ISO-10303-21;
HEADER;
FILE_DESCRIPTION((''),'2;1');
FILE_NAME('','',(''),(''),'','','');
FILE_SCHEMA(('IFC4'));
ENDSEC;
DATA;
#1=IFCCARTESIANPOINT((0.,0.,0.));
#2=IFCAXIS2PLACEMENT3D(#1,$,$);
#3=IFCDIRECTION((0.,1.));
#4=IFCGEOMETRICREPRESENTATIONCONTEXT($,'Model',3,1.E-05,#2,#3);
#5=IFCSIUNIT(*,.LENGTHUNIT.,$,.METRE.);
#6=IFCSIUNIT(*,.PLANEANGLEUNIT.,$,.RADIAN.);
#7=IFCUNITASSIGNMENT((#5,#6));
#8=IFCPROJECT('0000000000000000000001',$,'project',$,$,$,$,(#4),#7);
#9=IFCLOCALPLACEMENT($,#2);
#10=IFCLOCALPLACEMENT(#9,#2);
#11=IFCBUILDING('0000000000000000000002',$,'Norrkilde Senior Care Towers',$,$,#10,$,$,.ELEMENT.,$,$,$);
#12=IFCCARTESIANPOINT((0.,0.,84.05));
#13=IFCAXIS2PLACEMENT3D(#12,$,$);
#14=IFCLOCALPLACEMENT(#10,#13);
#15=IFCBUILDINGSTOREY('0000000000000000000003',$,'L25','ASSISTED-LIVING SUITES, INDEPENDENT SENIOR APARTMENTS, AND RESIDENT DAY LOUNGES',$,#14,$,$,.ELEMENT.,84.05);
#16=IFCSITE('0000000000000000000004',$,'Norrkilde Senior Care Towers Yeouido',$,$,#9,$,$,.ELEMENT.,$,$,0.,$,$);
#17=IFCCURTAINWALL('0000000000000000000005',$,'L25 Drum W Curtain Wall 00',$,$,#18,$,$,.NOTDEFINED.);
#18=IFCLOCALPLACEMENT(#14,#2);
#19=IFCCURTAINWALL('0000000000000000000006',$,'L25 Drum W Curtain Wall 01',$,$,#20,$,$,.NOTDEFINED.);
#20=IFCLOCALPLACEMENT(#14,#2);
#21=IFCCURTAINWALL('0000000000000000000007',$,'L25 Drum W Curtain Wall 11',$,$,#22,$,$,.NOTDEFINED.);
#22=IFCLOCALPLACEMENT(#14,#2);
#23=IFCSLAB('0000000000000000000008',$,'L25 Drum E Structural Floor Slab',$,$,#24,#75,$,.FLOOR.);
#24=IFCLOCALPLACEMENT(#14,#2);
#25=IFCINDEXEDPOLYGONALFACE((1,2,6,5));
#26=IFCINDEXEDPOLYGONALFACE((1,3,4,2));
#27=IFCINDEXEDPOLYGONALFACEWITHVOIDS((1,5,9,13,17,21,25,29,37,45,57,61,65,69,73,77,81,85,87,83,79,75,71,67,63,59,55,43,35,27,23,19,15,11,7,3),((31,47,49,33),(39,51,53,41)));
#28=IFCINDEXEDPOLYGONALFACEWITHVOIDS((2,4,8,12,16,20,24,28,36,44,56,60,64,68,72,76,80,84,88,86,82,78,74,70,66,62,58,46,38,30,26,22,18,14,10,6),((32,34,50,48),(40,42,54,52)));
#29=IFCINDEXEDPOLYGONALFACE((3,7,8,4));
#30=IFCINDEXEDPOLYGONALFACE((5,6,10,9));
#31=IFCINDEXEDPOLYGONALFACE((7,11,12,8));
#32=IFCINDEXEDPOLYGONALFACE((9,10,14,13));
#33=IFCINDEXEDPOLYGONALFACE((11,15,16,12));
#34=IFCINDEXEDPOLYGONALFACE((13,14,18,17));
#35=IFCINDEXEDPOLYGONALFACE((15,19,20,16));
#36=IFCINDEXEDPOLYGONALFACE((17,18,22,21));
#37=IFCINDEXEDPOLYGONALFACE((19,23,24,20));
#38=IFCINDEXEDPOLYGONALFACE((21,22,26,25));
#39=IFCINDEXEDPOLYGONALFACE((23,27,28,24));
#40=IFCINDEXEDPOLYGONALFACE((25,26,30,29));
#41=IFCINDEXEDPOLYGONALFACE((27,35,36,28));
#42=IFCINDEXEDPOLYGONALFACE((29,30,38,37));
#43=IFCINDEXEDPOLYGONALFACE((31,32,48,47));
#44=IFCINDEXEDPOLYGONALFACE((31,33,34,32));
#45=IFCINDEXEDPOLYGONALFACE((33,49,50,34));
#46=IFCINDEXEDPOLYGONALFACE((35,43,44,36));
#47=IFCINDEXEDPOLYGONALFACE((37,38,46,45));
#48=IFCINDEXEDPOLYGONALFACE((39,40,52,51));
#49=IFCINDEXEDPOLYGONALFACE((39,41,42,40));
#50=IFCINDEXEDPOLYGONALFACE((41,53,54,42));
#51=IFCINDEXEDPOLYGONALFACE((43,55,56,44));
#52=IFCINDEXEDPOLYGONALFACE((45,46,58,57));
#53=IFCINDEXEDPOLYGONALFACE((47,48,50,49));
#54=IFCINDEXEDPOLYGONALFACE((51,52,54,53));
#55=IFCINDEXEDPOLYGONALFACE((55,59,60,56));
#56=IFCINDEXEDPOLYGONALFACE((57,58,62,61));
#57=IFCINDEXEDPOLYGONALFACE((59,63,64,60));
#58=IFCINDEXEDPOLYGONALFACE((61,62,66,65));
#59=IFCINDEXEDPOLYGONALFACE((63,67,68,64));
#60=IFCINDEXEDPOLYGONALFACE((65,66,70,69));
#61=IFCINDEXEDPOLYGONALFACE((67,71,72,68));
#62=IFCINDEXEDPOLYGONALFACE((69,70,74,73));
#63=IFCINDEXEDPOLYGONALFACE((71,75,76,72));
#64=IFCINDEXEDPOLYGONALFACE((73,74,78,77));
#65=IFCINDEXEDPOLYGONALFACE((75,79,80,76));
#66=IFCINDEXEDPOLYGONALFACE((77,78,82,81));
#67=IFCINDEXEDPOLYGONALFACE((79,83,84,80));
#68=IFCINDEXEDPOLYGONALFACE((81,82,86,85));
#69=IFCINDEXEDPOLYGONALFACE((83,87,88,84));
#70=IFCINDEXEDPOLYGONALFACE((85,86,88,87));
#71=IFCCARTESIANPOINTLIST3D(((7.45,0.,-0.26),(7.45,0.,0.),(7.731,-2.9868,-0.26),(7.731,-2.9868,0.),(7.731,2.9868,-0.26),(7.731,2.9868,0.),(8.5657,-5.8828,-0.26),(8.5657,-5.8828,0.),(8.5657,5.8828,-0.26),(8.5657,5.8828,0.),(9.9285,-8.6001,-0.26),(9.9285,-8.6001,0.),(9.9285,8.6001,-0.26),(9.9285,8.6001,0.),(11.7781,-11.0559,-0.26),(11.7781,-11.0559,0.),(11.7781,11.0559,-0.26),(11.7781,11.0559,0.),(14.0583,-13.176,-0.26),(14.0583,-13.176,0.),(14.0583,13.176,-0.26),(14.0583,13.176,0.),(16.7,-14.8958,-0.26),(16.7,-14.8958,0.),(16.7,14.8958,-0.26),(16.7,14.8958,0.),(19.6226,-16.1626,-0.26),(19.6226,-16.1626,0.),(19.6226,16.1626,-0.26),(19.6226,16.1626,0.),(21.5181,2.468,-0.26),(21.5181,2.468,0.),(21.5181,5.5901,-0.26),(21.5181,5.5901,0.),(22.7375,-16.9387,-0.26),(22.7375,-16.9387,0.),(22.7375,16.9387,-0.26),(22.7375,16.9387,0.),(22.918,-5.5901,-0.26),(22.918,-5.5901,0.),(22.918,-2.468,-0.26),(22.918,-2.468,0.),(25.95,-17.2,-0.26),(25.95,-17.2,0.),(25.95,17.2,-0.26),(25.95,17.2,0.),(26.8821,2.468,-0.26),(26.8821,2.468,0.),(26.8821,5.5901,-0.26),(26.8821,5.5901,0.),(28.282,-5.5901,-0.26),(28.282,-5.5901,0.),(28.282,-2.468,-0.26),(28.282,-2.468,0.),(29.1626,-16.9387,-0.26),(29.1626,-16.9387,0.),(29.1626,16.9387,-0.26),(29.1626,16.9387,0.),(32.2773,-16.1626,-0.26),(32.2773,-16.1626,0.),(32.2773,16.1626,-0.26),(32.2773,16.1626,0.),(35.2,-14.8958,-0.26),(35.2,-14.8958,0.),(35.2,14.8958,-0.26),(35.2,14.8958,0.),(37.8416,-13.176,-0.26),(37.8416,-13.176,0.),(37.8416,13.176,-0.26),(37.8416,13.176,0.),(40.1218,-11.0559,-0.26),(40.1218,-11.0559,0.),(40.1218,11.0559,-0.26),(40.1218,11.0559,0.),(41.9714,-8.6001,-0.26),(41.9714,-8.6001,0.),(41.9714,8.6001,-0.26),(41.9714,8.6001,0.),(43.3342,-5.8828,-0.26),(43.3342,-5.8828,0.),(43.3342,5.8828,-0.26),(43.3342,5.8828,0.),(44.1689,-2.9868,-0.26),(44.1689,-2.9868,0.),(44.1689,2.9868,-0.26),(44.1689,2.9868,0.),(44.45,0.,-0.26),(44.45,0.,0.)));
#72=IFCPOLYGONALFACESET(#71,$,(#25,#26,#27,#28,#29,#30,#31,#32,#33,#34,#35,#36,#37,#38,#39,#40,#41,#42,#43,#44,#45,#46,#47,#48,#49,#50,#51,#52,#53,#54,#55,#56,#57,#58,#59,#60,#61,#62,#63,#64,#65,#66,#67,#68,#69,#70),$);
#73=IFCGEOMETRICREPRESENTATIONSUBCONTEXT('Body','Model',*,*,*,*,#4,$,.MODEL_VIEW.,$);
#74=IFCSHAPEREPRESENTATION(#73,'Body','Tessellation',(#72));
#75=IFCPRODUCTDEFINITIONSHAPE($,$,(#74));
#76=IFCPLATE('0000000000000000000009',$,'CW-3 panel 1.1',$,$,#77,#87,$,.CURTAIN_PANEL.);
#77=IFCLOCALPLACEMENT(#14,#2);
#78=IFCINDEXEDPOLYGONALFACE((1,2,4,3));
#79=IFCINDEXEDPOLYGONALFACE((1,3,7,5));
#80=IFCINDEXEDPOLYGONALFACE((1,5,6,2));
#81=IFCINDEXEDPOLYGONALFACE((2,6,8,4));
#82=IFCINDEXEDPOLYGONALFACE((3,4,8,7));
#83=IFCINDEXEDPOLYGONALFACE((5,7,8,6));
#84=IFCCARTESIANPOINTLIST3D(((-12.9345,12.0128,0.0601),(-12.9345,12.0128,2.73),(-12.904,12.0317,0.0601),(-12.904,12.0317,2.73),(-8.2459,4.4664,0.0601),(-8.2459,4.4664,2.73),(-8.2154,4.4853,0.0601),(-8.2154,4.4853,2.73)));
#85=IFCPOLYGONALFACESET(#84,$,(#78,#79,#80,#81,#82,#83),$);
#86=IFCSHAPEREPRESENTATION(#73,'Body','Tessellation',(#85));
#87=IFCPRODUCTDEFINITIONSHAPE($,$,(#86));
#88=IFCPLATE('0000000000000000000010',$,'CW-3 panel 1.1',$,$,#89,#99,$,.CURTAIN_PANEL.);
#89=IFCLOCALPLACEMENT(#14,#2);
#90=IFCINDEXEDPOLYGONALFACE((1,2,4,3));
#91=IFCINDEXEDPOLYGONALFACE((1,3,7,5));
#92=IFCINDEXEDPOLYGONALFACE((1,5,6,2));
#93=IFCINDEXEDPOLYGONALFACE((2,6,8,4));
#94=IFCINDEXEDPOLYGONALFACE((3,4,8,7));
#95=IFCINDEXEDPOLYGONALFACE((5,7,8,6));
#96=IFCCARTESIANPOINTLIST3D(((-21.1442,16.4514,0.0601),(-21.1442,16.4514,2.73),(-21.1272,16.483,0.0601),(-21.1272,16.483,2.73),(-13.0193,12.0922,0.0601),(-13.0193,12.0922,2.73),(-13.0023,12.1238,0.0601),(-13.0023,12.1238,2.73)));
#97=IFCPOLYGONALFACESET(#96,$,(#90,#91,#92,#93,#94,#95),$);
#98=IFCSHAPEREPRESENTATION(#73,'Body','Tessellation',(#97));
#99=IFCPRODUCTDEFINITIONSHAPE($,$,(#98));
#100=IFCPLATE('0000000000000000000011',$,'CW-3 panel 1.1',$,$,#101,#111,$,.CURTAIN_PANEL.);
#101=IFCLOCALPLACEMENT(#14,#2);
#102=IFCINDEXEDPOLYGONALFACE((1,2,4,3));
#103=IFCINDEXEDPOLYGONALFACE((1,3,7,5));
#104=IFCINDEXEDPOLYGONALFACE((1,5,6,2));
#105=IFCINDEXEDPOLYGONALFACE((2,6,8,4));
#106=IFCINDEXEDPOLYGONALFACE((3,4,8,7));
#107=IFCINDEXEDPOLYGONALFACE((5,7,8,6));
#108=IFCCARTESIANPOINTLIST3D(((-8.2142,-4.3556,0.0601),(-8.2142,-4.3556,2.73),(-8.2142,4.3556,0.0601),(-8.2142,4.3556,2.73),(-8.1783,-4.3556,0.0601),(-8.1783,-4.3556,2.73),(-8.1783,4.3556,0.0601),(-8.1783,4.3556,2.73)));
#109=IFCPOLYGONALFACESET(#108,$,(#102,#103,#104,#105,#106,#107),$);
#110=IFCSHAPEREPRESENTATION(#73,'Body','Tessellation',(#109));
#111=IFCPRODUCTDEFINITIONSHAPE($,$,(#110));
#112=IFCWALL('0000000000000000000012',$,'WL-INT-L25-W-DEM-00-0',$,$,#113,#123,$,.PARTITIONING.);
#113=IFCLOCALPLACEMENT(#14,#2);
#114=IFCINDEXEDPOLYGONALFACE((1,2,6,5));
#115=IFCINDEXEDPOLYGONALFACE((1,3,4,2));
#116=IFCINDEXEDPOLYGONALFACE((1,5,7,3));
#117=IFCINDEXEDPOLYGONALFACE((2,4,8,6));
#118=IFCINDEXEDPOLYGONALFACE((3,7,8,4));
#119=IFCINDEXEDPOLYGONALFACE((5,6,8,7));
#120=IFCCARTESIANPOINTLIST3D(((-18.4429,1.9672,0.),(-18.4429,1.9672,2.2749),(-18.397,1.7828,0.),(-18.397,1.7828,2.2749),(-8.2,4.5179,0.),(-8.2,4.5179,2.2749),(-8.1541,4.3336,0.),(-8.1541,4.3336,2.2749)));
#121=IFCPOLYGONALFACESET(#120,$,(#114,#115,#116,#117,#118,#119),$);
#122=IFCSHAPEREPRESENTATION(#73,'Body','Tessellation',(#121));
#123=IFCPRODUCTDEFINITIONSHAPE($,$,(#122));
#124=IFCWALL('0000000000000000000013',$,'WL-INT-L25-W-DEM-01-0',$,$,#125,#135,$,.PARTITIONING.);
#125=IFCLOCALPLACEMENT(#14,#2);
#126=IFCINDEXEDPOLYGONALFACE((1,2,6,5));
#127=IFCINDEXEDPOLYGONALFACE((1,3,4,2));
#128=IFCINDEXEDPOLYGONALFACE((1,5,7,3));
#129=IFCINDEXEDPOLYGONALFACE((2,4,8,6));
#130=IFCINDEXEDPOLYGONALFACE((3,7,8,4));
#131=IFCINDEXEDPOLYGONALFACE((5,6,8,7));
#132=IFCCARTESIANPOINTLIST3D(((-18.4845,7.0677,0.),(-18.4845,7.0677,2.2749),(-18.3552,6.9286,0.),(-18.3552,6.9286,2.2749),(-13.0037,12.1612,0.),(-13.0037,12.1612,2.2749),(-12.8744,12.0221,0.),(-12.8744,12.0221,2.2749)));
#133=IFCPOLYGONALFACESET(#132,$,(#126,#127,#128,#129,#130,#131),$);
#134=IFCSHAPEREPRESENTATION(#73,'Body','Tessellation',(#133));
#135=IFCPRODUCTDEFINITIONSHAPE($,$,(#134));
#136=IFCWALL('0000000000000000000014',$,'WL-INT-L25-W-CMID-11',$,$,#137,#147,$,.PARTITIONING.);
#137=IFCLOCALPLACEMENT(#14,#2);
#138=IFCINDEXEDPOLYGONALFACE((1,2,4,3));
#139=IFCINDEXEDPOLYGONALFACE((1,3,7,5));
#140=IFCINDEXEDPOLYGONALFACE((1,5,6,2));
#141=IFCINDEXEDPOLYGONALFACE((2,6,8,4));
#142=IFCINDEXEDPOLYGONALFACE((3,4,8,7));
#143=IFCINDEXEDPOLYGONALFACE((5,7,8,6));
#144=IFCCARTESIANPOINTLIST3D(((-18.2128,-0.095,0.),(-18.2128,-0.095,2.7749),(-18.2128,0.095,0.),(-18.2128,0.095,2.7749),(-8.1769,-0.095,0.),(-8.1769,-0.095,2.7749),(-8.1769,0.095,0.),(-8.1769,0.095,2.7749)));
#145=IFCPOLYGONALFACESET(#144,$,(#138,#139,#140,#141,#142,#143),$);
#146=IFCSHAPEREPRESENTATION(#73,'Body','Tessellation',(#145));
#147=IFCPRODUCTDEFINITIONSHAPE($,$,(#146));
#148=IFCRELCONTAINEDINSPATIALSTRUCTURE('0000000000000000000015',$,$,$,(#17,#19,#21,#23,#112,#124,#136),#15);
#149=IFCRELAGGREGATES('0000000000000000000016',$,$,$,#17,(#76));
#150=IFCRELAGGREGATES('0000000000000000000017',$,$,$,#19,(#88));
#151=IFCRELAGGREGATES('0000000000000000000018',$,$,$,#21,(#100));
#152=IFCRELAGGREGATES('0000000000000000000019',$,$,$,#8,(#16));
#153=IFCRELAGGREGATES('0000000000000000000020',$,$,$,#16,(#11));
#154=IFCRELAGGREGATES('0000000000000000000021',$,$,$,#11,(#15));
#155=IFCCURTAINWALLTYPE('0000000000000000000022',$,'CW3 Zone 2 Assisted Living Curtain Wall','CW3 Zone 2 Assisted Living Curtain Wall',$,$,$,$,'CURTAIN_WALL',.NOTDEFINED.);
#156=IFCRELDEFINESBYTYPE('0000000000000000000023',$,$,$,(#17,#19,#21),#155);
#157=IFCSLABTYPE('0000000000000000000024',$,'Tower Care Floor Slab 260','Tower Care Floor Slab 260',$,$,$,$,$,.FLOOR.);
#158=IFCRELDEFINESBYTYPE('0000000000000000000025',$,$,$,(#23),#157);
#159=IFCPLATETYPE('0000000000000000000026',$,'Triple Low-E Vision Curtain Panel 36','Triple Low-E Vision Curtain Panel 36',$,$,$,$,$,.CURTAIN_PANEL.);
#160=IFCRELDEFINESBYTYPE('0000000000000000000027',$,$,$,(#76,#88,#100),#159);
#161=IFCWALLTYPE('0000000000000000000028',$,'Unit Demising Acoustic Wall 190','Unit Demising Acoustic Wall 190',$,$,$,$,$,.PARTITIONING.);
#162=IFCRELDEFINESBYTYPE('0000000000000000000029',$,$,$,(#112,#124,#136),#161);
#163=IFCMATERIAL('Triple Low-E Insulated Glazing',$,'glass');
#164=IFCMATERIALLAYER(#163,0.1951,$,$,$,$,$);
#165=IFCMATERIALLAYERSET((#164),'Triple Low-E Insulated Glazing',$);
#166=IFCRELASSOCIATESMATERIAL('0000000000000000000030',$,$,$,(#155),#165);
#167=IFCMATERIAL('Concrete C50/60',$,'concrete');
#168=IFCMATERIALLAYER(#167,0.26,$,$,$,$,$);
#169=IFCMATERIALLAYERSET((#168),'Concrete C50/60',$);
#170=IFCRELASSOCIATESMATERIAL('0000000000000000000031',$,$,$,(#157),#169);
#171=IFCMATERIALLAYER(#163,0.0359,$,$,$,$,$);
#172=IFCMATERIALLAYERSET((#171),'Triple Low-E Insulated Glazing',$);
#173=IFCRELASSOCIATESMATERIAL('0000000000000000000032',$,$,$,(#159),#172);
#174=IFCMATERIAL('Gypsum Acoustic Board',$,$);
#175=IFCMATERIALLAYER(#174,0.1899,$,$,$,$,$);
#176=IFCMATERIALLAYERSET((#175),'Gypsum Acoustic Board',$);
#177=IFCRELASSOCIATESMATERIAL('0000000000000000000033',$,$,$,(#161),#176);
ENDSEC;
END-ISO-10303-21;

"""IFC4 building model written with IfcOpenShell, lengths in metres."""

from ifc_helpers import new_model, si_unit, direction, frame, frame_2d, origin, origin_2d, place, context, subcontext, project, spatial, polyline, rectangle, outline, extrude, source, transform, mapped, material, layer, layer_set, type_object, type_shapes, element, aggregate, save


model = new_model("IFC4")

# Units and contexts
model_context = context("Model", 3, precision=1e-05, world=origin(), true_north=direction((0.0, 1.0)))
body_context = subcontext(model_context, "Body", "Model", "MODEL_VIEW")
ifc_project = project(units=[si_unit("LENGTHUNIT", "METRE"), si_unit("PLANEANGLEUNIT", "RADIAN")], contexts=[model_context])

# Site, building, storey
site_placement = place(None, origin())
site = spatial("IfcSite", under=ifc_project, at=site_placement, Name="Norrkilde Senior Care Towers Yeouido", CompositionType="ELEMENT", RefElevation=0.0)
building_placement = place(site_placement, origin())
building = spatial("IfcBuilding", under=site, at=building_placement, Name="Norrkilde Senior Care Towers", CompositionType="ELEMENT")
storey_placement = place(building_placement, frame((0.0, 0.0, 84.05)))
storey = spatial("IfcBuildingStorey", under=building, at=storey_placement, Name="L25", Description="ASSISTED-LIVING SUITES, INDEPENDENT SENIOR APARTMENTS, AND RESIDENT DAY LOUNGES", CompositionType="ELEMENT", Elevation=84.05)

# Curtain wall
ifc_material_1 = material(Name="Triple Low-E Insulated Glazing", Category="glass")
ifc_layer_1 = layer(ifc_material_1, 0.1951)
ifc_layer_set_1 = layer_set([ifc_layer_1], Name="Triple Low-E Insulated Glazing")
curtain_wall_type = type_object("IfcCurtainWallType", Name="CW3 Zone 2 Assisted Living Curtain Wall", Description="CW3 Zone 2 Assisted Living Curtain Wall", ElementType="CURTAIN_WALL", PredefinedType="NOTDEFINED", material=ifc_layer_set_1)
curtain_wall_1_placement = place(storey_placement, origin())
curtain_wall_1 = element("IfcCurtainWall", 1, at=curtain_wall_1_placement, inside=storey, type_object=curtain_wall_type, Name="L25 Drum W Curtain Wall 00", PredefinedType="NOTDEFINED")

# Curtain walls
curtain_wall_2_placement = place(storey_placement, origin())
curtain_wall_2 = element("IfcCurtainWall", 2, at=curtain_wall_2_placement, inside=storey, type_object=curtain_wall_type, Name="L25 Drum W Curtain Wall 01", PredefinedType="NOTDEFINED")
curtain_wall_3_placement = place(storey_placement, origin())
curtain_wall_3 = element("IfcCurtainWall", 3, at=curtain_wall_3_placement, inside=storey, type_object=curtain_wall_type, Name="L25 Drum W Curtain Wall 11", PredefinedType="NOTDEFINED")

# Slab
ifc_material_2 = material(Name="Concrete C50/60", Category="concrete")
ifc_layer_2 = layer(ifc_material_2, 0.26)
ifc_layer_set_2 = layer_set([ifc_layer_2], Name="Concrete C50/60")
slab_type_1 = type_object("IfcSlabType", Name="Tower Care Floor Slab 260", Description="Tower Care Floor Slab 260", PredefinedType="FLOOR", material=ifc_layer_set_2)
slab_1_placement = place(storey_placement, frame((0.0, 0.0, -0.26)))
element("IfcSlab", 4, at=slab_1_placement, inside=storey, type_object=slab_type_1, Name="L25 Drum E Structural Floor Slab", PredefinedType="FLOOR", context=body_context, shape_type="SweptSolid", body=[
    extrude(outline(polyline([(43.3342, -5.8828), (41.9714, -8.6001), (40.1218, -11.0559), (37.8416, -13.176), (35.2, -14.8958), (32.2773, -16.1626), (29.1626, -16.9387), (25.95, -17.2), (22.7375, -16.9387), (19.6226, -16.1626), (16.7, -14.8958), (14.0583, -13.176), (11.7781, -11.0559), (9.9285, -8.6001), (8.5657, -5.8828), (7.731, -2.9868), (7.45, 0.0), (7.731, 2.9868), (8.5657, 5.8828), (9.9285, 8.6001), (11.7781, 11.0559), (14.0583, 13.176), (16.7, 14.8958), (19.6226, 16.1626), (22.7375, 16.9387), (25.95, 17.2), (29.1626, 16.9387), (32.2773, 16.1626), (35.2, 14.8958), (37.8416, 13.176), (40.1218, 11.0559), (41.9714, 8.6001), (43.3342, 5.8828), (44.1689, 2.9868), (44.45, 0.0), (44.1689, -2.9868), (43.3342, -5.8828)]), holes=[polyline([(21.5181, 2.468), (26.8821, 2.468), (26.8821, 5.5901), (21.5181, 5.5901), (21.5181, 2.468)]), polyline([(28.282, -5.5901), (28.282, -2.468), (22.918, -2.468), (22.918, -5.5901), (28.282, -5.5901)])]), origin(), (0.0, 0.0, 1.0), 0.26),
])

# Plates
ifc_layer_3 = layer(ifc_material_1, 0.0359)
ifc_layer_set_3 = layer_set([ifc_layer_3], Name="Triple Low-E Insulated Glazing")
plate_type = type_object("IfcPlateType", Name="Triple Low-E Vision Curtain Panel 36", Description="Triple Low-E Vision Curtain Panel 36", PredefinedType="CURTAIN_PANEL", material=ifc_layer_set_3)
shared_shape_1 = source(origin(), body_context, "Body", "SweptSolid", [
    extrude(rectangle(XDim=8.8843, YDim=0.0359, at=origin_2d()), origin(), (0.0, 0.0, 1.0), 2.6699),
])
plate_1_placement = place(storey_placement, frame((-10.575, 8.249, 0.0601), z_axis=(0.0, 0.0, 1.0), x_axis=(0.527733, -0.84941, 0.0)))
plate_1 = element("IfcPlate", 5, at=plate_1_placement, type_object=plate_type, Name="CW-3 panel 1.1", PredefinedType="CURTAIN_PANEL", context=body_context, shape_type="MappedRepresentation", body=[
    mapped(shared_shape_1, transform((0.0, 0.0, 0.0), x_axis=(1.0, 0.0, 0.0), y_axis=(0.0, 1.0, 0.0), z_axis=(0.0, 0.0, 1.0), scale=1.0)),
])
aggregate(curtain_wall_1, [plate_1])
shared_shape_2 = source(origin(), body_context, "Body", "SweptSolid", [
    extrude(rectangle(XDim=9.2205, YDim=0.0359, at=origin_2d()), origin(), (0.0, 0.0, 1.0), 2.6699),
])
plate_2_placement = place(storey_placement, frame((-17.0732, 14.2876, 0.0601), z_axis=(0.0, 0.0, 1.0), x_axis=(0.881186, -0.472769, 0.0)))
plate_2 = element("IfcPlate", 6, at=plate_2_placement, type_object=plate_type, Name="CW-3 panel 1.1", PredefinedType="CURTAIN_PANEL", context=body_context, shape_type="MappedRepresentation", body=[
    mapped(shared_shape_2, transform((0.0, 0.0, 0.0), x_axis=(1.0, 0.0, 0.0), y_axis=(0.0, 1.0, 0.0), z_axis=(0.0, 0.0, 1.0), scale=1.0)),
])
aggregate(curtain_wall_2, [plate_2])
shared_shape_3 = source(origin(), body_context, "Body", "SweptSolid", [
    extrude(rectangle(XDim=8.7112, YDim=0.0359, at=origin_2d()), origin(), (0.0, 0.0, 1.0), 2.6699),
])
type_shapes(plate_type, [shared_shape_1, shared_shape_2, shared_shape_3])
plate_3_placement = place(storey_placement, frame((-8.1963, 0.0, 0.0601), z_axis=(0.0, 0.0, 1.0), x_axis=(0.0, -1.0, 0.0)))
plate_3 = element("IfcPlate", 7, at=plate_3_placement, type_object=plate_type, Name="CW-3 panel 1.1", PredefinedType="CURTAIN_PANEL", context=body_context, shape_type="MappedRepresentation", body=[
    mapped(shared_shape_3, transform((0.0, 0.0, 0.0), x_axis=(1.0, 0.0, 0.0), y_axis=(0.0, 1.0, 0.0), z_axis=(0.0, 0.0, 1.0), scale=1.0)),
])
aggregate(curtain_wall_3, [plate_3])

# Walls
ifc_material_3 = material(Name="Gypsum Acoustic Board")
ifc_layer_4 = layer(ifc_material_3, 0.1899)
ifc_layer_set_4 = layer_set([ifc_layer_4], Name="Gypsum Acoustic Board")
wall_type = type_object("IfcWallType", Name="Unit Demising Acoustic Wall 190", Description="Unit Demising Acoustic Wall 190", PredefinedType="PARTITIONING", material=ifc_layer_set_4)
shared_shape_4 = source(origin(), body_context, "Body", "SweptSolid", [
    extrude(rectangle(XDim=10.5557, YDim=0.1899, at=frame_2d((5.2778, 0.0))), origin(), (0.0, 0.0, 1.0), 2.2749),
])
wall_1_placement = place(storey_placement, frame((-18.4199, 1.875, 0.0), z_axis=(0.0, 0.0, 1.0), x_axis=(0.970364, 0.241648, 0.0)))
element("IfcWall", 8, at=wall_1_placement, inside=storey, type_object=wall_type, Name="WL-INT-L25-W-DEM-00-0", PredefinedType="PARTITIONING", context=body_context, shape_type="MappedRepresentation", body=[
    mapped(shared_shape_4, transform((0.0, 0.0, 0.0), x_axis=(1.0, 0.0, 0.0), y_axis=(0.0, 1.0, 0.0), z_axis=(0.0, 0.0, 1.0), scale=1.0)),
])
shared_shape_5 = source(origin(), body_context, "Body", "SweptSolid", [
    extrude(rectangle(XDim=7.4822, YDim=0.1899, at=frame_2d((3.7412, 0.0))), origin(), (0.0, 0.0, 1.0), 2.2749),
])
wall_2_placement = place(storey_placement, frame((-18.4199, 6.998, 0.0), z_axis=(0.0, 0.0, 1.0), x_axis=(0.732509, 0.680758, 0.0)))
element("IfcWall", 9, at=wall_2_placement, inside=storey, type_object=wall_type, Name="WL-INT-L25-W-DEM-01-0", PredefinedType="PARTITIONING", context=body_context, shape_type="MappedRepresentation", body=[
    mapped(shared_shape_5, transform((0.0, 0.0, 0.0), x_axis=(1.0, 0.0, 0.0), y_axis=(0.0, 1.0, 0.0), z_axis=(0.0, 0.0, 1.0), scale=1.0)),
])
shared_shape_6 = source(origin(), body_context, "Body", "SweptSolid", [
    extrude(rectangle(XDim=10.0359, YDim=0.1899, at=frame_2d((5.0181, 0.0))), origin(), (0.0, 0.0, 1.0), 2.7749),
])
type_shapes(wall_type, [shared_shape_4, shared_shape_5, shared_shape_6])
wall_3_placement = place(storey_placement, frame((-18.2129, 0.0, 0.0), z_axis=(0.0, 0.0, 1.0), x_axis=(1.0, 0.0, 0.0)))
element("IfcWall", 10, at=wall_3_placement, inside=storey, type_object=wall_type, Name="WL-INT-L25-W-CMID-11", PredefinedType="PARTITIONING", context=body_context, shape_type="MappedRepresentation", body=[
    mapped(shared_shape_6, transform((0.0, 0.0, 0.0), x_axis=(1.0, 0.0, 0.0), y_axis=(0.0, 1.0, 0.0), z_axis=(0.0, 0.0, 1.0), scale=1.0)),
])

save(model, "model.ifc")
